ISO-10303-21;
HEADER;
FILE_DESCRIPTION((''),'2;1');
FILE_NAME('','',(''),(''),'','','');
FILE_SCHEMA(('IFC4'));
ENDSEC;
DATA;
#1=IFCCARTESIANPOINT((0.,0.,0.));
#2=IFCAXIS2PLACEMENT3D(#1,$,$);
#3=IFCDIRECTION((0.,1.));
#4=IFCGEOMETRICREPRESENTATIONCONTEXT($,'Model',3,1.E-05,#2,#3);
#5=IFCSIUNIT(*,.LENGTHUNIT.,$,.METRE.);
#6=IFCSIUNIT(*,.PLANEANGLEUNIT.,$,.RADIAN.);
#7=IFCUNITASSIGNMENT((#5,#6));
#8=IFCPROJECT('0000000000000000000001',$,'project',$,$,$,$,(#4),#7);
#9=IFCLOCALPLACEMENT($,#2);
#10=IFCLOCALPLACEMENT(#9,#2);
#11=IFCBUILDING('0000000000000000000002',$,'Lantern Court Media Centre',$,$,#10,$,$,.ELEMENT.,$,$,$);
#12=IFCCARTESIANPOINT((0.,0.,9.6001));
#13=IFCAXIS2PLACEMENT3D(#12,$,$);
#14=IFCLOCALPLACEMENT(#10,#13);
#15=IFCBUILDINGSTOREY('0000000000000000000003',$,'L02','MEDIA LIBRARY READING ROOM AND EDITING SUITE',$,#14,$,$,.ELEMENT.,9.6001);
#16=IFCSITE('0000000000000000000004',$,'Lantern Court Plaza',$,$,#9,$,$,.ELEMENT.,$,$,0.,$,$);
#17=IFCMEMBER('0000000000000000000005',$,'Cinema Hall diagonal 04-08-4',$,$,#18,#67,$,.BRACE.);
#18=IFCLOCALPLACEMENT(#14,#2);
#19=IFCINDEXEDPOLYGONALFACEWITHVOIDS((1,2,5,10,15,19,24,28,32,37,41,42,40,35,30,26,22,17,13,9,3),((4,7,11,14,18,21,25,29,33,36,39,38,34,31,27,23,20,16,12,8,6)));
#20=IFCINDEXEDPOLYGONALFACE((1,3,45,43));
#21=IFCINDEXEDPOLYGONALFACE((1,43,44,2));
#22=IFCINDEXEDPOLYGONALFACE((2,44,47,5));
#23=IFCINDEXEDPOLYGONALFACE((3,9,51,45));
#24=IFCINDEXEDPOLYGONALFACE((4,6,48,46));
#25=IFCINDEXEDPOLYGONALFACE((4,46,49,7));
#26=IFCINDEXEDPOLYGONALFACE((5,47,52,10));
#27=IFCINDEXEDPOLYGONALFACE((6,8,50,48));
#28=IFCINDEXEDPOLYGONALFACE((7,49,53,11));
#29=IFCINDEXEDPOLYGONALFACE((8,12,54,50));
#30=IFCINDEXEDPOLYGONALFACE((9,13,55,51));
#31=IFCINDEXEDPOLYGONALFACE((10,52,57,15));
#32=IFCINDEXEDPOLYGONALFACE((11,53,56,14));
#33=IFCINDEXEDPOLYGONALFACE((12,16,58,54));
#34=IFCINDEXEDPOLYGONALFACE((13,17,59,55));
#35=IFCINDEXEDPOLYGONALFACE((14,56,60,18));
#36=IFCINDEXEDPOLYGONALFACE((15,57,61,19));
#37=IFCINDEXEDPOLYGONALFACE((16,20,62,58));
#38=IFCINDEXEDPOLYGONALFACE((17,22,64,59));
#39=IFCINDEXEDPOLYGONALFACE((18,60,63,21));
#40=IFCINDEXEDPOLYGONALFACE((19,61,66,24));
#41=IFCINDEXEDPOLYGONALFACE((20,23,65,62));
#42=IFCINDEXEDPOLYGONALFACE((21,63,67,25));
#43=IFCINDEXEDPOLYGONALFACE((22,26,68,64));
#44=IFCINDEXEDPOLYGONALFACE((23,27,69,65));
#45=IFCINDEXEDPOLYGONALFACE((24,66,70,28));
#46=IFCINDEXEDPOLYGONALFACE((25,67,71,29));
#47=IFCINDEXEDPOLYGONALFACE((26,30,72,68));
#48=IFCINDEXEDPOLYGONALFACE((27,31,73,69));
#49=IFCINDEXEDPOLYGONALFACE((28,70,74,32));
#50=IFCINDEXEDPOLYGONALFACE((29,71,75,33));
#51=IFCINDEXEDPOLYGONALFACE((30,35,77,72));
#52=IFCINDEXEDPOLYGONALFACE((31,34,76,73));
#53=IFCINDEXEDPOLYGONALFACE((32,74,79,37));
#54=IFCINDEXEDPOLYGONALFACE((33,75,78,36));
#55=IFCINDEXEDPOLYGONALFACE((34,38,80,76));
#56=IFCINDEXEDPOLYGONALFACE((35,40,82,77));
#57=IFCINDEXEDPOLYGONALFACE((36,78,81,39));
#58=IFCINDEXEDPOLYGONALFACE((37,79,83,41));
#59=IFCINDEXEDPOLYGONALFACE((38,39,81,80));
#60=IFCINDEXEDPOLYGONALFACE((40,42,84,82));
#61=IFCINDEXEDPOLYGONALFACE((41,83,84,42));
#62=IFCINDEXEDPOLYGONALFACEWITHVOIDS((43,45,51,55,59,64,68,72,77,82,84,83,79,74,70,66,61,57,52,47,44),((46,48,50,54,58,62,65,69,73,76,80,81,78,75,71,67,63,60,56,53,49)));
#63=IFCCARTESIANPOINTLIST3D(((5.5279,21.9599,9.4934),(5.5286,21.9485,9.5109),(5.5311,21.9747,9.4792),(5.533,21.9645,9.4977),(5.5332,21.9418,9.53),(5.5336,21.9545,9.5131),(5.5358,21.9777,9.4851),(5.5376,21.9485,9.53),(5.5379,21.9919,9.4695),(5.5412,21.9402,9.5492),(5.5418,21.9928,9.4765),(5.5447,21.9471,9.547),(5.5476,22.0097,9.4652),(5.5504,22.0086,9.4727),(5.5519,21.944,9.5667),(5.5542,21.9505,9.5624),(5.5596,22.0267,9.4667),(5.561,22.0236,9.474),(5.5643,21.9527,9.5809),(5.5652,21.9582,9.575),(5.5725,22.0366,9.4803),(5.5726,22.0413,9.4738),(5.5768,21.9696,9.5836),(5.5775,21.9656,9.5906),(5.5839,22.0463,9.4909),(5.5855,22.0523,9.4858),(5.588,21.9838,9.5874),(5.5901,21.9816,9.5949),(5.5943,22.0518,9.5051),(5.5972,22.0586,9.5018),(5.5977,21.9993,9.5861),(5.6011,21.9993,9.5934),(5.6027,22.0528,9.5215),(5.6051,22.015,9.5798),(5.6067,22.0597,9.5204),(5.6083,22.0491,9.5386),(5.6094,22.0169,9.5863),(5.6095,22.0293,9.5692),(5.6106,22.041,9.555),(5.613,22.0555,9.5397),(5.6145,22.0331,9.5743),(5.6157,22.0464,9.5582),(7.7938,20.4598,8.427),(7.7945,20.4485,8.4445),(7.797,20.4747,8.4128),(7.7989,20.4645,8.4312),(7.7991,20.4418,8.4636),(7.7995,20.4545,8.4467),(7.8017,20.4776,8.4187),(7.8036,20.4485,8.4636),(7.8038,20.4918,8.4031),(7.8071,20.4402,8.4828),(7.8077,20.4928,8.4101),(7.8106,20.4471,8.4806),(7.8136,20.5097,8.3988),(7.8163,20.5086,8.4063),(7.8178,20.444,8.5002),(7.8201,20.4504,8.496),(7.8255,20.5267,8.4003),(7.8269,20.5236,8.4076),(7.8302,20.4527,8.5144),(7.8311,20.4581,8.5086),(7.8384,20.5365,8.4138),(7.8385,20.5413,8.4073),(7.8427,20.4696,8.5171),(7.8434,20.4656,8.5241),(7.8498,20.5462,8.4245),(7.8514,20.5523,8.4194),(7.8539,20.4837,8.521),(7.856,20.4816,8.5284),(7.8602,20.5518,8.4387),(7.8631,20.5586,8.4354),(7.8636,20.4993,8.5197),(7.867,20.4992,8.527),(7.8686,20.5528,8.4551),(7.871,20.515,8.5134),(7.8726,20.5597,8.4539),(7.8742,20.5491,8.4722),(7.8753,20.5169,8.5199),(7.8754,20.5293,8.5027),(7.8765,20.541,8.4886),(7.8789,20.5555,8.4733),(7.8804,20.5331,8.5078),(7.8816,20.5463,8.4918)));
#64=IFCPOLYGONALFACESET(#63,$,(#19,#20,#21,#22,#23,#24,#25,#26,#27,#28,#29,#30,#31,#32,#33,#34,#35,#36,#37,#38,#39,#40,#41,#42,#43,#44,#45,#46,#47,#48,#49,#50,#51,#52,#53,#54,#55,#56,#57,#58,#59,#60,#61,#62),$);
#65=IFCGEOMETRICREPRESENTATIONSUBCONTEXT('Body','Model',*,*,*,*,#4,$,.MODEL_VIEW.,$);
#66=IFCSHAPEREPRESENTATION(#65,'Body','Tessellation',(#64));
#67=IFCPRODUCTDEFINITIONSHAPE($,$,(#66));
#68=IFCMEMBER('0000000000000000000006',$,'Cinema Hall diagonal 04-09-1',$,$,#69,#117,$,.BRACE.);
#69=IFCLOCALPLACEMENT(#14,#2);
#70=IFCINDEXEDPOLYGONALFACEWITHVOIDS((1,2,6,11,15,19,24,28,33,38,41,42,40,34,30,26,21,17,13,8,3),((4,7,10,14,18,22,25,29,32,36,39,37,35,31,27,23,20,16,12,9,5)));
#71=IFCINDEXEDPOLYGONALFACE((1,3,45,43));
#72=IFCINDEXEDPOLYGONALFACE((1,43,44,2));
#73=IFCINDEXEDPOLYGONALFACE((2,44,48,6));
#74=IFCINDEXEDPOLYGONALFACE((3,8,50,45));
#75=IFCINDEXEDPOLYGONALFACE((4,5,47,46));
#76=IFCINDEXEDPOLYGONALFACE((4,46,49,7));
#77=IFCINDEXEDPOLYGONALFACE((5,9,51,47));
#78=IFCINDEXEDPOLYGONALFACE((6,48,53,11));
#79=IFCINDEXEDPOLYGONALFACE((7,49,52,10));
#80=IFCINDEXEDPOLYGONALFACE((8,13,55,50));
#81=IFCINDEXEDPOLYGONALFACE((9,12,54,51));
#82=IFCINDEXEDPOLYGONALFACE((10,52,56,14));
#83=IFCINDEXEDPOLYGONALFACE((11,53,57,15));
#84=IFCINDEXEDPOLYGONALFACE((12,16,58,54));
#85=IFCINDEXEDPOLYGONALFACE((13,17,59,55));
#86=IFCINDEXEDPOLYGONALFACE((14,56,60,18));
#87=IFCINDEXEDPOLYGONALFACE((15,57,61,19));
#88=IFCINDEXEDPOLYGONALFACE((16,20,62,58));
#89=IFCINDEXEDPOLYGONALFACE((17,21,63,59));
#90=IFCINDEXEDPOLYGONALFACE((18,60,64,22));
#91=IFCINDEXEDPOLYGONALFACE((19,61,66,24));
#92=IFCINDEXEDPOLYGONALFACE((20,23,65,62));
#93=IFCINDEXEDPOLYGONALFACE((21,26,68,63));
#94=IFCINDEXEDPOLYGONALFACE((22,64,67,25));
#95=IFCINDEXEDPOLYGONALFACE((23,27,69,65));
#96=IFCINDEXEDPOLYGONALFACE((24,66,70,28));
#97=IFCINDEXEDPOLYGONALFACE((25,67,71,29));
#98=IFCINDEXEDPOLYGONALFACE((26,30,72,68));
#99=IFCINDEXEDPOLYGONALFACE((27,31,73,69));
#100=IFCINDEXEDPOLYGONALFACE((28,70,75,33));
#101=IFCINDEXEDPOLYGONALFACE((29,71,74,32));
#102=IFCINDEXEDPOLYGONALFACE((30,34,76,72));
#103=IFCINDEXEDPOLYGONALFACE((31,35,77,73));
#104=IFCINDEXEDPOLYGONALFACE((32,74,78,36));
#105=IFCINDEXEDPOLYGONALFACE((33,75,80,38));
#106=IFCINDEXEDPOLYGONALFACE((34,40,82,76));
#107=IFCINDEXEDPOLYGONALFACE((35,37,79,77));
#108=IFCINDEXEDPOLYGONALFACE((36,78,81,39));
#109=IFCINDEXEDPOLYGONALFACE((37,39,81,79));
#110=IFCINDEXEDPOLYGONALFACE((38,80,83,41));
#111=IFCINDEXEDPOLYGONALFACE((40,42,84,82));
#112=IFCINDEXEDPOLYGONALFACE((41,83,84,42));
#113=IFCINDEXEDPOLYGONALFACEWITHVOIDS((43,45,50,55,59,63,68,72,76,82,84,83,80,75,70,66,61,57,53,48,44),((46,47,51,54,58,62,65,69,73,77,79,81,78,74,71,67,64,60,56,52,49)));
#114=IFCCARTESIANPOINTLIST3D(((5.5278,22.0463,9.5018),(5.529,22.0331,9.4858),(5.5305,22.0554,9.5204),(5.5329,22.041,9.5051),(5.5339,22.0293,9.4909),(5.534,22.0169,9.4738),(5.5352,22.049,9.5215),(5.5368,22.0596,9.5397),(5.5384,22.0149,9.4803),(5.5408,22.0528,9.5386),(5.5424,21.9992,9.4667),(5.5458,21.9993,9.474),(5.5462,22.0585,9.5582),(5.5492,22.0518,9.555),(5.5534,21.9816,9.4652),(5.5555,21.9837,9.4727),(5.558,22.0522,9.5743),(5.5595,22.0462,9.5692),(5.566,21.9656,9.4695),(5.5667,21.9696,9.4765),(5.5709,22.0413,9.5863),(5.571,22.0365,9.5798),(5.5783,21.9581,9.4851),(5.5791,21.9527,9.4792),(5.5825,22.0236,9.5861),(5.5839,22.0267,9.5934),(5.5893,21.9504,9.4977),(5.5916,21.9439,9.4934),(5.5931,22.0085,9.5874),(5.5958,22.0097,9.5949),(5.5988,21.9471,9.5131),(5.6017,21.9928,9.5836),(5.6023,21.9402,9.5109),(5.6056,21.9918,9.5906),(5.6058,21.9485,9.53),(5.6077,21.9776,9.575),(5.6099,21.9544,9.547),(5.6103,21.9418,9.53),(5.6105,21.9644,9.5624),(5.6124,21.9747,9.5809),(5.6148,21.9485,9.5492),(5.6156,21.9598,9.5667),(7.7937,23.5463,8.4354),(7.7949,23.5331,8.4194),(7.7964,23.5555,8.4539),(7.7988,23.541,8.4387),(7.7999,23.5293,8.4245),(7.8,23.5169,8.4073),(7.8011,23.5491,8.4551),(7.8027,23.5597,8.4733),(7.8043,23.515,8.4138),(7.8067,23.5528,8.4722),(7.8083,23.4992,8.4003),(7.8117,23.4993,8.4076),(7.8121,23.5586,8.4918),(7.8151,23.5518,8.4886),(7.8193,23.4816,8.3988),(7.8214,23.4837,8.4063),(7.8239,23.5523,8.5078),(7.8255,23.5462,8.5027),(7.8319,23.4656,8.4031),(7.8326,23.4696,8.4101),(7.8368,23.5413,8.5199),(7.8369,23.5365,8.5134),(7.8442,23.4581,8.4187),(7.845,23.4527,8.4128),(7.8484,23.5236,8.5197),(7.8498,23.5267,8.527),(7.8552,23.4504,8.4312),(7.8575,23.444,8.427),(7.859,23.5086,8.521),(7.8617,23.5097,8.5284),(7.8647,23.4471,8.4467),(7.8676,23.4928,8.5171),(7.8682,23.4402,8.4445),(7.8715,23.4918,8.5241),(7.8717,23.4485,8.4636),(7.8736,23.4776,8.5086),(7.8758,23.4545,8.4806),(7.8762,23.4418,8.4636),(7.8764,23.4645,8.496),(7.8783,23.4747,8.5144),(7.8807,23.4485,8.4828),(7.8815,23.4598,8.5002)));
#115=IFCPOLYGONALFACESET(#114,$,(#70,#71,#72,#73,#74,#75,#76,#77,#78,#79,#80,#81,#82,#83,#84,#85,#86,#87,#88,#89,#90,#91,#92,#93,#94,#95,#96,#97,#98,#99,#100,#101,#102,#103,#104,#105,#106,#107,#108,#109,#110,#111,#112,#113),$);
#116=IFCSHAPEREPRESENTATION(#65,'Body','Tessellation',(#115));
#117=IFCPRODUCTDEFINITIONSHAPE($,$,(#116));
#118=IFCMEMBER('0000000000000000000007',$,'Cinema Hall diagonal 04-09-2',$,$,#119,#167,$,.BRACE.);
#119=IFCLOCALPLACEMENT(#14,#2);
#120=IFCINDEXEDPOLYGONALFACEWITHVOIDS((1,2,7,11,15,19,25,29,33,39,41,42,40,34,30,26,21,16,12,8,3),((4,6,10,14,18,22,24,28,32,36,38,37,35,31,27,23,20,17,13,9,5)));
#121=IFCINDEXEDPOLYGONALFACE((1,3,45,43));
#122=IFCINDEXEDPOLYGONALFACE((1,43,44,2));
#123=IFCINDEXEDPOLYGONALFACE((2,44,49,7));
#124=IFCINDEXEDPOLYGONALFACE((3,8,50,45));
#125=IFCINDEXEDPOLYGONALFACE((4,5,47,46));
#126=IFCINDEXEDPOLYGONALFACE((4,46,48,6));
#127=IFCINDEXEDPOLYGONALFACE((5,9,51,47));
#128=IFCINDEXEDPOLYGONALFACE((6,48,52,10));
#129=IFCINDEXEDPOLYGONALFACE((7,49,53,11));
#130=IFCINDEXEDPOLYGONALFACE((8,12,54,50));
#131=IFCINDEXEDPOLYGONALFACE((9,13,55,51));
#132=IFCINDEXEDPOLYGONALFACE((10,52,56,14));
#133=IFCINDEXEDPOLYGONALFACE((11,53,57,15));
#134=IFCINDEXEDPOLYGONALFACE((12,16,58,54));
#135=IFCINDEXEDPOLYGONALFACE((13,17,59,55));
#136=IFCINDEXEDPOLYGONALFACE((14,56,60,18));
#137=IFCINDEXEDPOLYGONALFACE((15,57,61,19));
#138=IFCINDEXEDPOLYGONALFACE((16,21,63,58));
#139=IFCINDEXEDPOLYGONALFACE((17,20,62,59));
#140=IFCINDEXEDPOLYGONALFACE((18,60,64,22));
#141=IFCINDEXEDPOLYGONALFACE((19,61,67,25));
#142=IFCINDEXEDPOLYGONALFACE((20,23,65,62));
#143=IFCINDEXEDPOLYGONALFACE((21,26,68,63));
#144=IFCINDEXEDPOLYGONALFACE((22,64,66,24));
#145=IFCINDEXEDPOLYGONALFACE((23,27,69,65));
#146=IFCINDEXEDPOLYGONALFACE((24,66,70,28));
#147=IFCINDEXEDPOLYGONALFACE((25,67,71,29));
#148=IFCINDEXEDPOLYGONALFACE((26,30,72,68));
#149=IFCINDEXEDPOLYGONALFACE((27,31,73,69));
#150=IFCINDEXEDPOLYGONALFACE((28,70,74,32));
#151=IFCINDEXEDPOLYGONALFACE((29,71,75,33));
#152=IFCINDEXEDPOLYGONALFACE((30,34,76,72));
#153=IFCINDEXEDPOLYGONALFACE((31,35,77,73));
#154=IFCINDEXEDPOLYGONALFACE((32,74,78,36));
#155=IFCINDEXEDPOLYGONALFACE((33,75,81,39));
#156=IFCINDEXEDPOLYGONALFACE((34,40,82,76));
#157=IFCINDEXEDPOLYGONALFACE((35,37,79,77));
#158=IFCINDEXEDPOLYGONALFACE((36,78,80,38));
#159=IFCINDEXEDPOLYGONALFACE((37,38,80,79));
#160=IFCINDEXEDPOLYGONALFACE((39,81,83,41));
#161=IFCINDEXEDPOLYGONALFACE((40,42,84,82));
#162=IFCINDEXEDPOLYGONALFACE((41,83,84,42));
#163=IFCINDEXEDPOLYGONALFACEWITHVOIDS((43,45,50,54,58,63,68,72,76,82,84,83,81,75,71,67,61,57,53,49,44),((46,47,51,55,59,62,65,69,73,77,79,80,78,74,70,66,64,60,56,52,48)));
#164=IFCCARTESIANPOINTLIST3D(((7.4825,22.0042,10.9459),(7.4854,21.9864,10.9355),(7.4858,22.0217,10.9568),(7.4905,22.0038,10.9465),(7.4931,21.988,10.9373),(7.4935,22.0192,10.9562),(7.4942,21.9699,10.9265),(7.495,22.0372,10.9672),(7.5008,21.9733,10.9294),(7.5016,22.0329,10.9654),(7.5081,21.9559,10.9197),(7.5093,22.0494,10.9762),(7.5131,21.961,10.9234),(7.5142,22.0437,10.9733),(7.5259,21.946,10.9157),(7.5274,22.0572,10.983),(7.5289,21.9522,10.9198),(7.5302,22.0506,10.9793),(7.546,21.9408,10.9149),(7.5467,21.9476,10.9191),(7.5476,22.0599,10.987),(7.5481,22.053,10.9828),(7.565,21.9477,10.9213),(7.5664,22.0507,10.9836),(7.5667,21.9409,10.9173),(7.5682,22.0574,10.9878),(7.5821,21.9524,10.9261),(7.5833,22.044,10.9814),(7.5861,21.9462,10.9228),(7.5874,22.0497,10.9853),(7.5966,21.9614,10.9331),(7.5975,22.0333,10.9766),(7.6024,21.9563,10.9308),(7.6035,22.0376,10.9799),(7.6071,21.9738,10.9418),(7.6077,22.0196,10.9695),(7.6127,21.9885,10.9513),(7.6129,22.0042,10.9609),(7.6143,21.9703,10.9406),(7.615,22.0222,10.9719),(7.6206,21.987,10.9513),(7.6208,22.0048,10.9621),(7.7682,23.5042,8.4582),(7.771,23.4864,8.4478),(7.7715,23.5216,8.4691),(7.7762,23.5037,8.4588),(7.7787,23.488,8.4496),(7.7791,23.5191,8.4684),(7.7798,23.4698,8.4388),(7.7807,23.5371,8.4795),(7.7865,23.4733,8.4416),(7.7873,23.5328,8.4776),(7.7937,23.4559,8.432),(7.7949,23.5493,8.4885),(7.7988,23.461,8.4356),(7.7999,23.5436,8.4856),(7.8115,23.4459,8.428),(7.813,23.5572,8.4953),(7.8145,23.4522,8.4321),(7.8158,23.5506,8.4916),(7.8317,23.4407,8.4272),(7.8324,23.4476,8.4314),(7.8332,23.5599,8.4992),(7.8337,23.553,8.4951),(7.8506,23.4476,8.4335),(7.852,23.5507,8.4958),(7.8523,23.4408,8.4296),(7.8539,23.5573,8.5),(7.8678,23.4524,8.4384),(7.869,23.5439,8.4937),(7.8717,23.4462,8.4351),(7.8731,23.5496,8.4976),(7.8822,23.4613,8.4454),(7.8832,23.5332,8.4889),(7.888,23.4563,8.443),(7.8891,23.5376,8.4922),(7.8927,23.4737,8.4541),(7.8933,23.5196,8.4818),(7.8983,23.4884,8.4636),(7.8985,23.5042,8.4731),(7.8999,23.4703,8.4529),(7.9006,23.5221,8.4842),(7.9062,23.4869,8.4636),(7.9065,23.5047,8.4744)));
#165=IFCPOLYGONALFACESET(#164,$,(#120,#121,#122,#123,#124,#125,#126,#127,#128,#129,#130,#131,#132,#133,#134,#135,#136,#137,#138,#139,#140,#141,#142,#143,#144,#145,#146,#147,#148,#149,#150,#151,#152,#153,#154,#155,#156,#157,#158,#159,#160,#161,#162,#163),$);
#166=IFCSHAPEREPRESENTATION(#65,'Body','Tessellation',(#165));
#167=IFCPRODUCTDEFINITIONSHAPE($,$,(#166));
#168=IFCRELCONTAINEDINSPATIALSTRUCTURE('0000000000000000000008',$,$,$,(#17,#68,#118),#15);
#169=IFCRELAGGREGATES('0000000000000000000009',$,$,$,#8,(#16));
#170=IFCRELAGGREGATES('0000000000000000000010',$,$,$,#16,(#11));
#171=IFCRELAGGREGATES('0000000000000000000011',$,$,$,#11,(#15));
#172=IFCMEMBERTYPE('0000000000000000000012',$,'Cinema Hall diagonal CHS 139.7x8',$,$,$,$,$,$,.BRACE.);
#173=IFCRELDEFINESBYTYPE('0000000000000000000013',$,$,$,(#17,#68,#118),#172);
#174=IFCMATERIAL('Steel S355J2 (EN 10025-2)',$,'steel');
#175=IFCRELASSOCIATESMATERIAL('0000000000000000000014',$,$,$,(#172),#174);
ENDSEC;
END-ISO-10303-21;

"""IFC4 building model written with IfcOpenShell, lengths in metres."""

from ifc_helpers import new_model, si_unit, direction, frame, origin, origin_2d, place, context, subcontext, project, spatial, hollow_circle, extrude, material, material_profile, profile_set, type_object, element, save


model = new_model("IFC4")

# Units and contexts
model_context = context("Model", 3, precision=1e-05, world=origin(), true_north=direction((0.0, 1.0)))
body_context = subcontext(model_context, "Body", "Model", "MODEL_VIEW")
ifc_project = project(units=[si_unit("LENGTHUNIT", "METRE"), si_unit("PLANEANGLEUNIT", "RADIAN")], contexts=[model_context])

# Site, building, storey
site_placement = place(None, origin())
site = spatial("IfcSite", under=ifc_project, at=site_placement, Name="Lantern Court Plaza", CompositionType="ELEMENT", RefElevation=0.0)
building_placement = place(site_placement, origin())
building = spatial("IfcBuilding", under=site, at=building_placement, Name="Lantern Court Media Centre", CompositionType="ELEMENT")
storey_placement = place(building_placement, frame((0.0, 0.0, 9.6001)))
storey = spatial("IfcBuildingStorey", under=building, at=storey_placement, Name="L02", Description="MEDIA LIBRARY READING ROOM AND EDITING SUITE", CompositionType="ELEMENT", Elevation=9.6001)

# Members
ifc_material = material(Name="Steel S355J2 (EN 10025-2)", Category="steel")
ifc_material_profile_1 = material_profile(ifc_material, hollow_circle(Radius=0.0698, WallThickness=0.0081, at=origin_2d()), Name="Cinema Hall diagonal CHS 139.7x8")
ifc_profile_set_1 = profile_set([ifc_material_profile_1], Name="Steel S355J2 (EN 10025-2)")
member_type_1 = type_object("IfcMemberType", Name="Cinema Hall diagonal CHS 139.7x8", PredefinedType="BRACE", material=ifc_profile_set_1)
for number, where, z_axis, x_axis, name in (
    (1, (7.8376, 20.5, 8.4636), (-0.776211, 0.51385, 0.365315), (-0.552002, -0.833843, 0.0), "Cinema Hall diagonal 04-08-4"),
    (2, (7.8376, 23.5, 8.4636), (-0.776211, -0.51385, 0.365315), (0.552002, -0.833843, 0.0), "Cinema Hall diagonal 04-09-1"),
):
    element("IfcMember", number, at=place(storey_placement, frame(where, z_axis=z_axis, x_axis=x_axis)), inside=storey, type_object=member_type_1, Name=name, PredefinedType="BRACE", context=body_context, shape_type="SweptSolid", body=[
        extrude(hollow_circle(Radius=0.0698, WallThickness=0.0081, at=origin_2d()), origin(), (0.0, 0.0, 1.0), 2.9192),
    ])
for number, where, z_axis, x_axis, name in (
    (3, (7.8376, 23.5, 8.4636), (-0.097856, -0.51387, 0.852268), (0.982347, -0.187068, 0.0), "Cinema Hall diagonal 04-09-2"),
):
    element("IfcMember", number, at=place(storey_placement, frame(where, z_axis=z_axis, x_axis=x_axis)), inside=storey, type_object=member_type_1, Name=name, PredefinedType="BRACE", context=body_context, shape_type="SweptSolid", body=[
        extrude(hollow_circle(Radius=0.0698, WallThickness=0.0081, at=origin_2d()), origin(), (0.0, 0.0, 1.0), 2.9189),
    ])

save(model, "model.ifc")
